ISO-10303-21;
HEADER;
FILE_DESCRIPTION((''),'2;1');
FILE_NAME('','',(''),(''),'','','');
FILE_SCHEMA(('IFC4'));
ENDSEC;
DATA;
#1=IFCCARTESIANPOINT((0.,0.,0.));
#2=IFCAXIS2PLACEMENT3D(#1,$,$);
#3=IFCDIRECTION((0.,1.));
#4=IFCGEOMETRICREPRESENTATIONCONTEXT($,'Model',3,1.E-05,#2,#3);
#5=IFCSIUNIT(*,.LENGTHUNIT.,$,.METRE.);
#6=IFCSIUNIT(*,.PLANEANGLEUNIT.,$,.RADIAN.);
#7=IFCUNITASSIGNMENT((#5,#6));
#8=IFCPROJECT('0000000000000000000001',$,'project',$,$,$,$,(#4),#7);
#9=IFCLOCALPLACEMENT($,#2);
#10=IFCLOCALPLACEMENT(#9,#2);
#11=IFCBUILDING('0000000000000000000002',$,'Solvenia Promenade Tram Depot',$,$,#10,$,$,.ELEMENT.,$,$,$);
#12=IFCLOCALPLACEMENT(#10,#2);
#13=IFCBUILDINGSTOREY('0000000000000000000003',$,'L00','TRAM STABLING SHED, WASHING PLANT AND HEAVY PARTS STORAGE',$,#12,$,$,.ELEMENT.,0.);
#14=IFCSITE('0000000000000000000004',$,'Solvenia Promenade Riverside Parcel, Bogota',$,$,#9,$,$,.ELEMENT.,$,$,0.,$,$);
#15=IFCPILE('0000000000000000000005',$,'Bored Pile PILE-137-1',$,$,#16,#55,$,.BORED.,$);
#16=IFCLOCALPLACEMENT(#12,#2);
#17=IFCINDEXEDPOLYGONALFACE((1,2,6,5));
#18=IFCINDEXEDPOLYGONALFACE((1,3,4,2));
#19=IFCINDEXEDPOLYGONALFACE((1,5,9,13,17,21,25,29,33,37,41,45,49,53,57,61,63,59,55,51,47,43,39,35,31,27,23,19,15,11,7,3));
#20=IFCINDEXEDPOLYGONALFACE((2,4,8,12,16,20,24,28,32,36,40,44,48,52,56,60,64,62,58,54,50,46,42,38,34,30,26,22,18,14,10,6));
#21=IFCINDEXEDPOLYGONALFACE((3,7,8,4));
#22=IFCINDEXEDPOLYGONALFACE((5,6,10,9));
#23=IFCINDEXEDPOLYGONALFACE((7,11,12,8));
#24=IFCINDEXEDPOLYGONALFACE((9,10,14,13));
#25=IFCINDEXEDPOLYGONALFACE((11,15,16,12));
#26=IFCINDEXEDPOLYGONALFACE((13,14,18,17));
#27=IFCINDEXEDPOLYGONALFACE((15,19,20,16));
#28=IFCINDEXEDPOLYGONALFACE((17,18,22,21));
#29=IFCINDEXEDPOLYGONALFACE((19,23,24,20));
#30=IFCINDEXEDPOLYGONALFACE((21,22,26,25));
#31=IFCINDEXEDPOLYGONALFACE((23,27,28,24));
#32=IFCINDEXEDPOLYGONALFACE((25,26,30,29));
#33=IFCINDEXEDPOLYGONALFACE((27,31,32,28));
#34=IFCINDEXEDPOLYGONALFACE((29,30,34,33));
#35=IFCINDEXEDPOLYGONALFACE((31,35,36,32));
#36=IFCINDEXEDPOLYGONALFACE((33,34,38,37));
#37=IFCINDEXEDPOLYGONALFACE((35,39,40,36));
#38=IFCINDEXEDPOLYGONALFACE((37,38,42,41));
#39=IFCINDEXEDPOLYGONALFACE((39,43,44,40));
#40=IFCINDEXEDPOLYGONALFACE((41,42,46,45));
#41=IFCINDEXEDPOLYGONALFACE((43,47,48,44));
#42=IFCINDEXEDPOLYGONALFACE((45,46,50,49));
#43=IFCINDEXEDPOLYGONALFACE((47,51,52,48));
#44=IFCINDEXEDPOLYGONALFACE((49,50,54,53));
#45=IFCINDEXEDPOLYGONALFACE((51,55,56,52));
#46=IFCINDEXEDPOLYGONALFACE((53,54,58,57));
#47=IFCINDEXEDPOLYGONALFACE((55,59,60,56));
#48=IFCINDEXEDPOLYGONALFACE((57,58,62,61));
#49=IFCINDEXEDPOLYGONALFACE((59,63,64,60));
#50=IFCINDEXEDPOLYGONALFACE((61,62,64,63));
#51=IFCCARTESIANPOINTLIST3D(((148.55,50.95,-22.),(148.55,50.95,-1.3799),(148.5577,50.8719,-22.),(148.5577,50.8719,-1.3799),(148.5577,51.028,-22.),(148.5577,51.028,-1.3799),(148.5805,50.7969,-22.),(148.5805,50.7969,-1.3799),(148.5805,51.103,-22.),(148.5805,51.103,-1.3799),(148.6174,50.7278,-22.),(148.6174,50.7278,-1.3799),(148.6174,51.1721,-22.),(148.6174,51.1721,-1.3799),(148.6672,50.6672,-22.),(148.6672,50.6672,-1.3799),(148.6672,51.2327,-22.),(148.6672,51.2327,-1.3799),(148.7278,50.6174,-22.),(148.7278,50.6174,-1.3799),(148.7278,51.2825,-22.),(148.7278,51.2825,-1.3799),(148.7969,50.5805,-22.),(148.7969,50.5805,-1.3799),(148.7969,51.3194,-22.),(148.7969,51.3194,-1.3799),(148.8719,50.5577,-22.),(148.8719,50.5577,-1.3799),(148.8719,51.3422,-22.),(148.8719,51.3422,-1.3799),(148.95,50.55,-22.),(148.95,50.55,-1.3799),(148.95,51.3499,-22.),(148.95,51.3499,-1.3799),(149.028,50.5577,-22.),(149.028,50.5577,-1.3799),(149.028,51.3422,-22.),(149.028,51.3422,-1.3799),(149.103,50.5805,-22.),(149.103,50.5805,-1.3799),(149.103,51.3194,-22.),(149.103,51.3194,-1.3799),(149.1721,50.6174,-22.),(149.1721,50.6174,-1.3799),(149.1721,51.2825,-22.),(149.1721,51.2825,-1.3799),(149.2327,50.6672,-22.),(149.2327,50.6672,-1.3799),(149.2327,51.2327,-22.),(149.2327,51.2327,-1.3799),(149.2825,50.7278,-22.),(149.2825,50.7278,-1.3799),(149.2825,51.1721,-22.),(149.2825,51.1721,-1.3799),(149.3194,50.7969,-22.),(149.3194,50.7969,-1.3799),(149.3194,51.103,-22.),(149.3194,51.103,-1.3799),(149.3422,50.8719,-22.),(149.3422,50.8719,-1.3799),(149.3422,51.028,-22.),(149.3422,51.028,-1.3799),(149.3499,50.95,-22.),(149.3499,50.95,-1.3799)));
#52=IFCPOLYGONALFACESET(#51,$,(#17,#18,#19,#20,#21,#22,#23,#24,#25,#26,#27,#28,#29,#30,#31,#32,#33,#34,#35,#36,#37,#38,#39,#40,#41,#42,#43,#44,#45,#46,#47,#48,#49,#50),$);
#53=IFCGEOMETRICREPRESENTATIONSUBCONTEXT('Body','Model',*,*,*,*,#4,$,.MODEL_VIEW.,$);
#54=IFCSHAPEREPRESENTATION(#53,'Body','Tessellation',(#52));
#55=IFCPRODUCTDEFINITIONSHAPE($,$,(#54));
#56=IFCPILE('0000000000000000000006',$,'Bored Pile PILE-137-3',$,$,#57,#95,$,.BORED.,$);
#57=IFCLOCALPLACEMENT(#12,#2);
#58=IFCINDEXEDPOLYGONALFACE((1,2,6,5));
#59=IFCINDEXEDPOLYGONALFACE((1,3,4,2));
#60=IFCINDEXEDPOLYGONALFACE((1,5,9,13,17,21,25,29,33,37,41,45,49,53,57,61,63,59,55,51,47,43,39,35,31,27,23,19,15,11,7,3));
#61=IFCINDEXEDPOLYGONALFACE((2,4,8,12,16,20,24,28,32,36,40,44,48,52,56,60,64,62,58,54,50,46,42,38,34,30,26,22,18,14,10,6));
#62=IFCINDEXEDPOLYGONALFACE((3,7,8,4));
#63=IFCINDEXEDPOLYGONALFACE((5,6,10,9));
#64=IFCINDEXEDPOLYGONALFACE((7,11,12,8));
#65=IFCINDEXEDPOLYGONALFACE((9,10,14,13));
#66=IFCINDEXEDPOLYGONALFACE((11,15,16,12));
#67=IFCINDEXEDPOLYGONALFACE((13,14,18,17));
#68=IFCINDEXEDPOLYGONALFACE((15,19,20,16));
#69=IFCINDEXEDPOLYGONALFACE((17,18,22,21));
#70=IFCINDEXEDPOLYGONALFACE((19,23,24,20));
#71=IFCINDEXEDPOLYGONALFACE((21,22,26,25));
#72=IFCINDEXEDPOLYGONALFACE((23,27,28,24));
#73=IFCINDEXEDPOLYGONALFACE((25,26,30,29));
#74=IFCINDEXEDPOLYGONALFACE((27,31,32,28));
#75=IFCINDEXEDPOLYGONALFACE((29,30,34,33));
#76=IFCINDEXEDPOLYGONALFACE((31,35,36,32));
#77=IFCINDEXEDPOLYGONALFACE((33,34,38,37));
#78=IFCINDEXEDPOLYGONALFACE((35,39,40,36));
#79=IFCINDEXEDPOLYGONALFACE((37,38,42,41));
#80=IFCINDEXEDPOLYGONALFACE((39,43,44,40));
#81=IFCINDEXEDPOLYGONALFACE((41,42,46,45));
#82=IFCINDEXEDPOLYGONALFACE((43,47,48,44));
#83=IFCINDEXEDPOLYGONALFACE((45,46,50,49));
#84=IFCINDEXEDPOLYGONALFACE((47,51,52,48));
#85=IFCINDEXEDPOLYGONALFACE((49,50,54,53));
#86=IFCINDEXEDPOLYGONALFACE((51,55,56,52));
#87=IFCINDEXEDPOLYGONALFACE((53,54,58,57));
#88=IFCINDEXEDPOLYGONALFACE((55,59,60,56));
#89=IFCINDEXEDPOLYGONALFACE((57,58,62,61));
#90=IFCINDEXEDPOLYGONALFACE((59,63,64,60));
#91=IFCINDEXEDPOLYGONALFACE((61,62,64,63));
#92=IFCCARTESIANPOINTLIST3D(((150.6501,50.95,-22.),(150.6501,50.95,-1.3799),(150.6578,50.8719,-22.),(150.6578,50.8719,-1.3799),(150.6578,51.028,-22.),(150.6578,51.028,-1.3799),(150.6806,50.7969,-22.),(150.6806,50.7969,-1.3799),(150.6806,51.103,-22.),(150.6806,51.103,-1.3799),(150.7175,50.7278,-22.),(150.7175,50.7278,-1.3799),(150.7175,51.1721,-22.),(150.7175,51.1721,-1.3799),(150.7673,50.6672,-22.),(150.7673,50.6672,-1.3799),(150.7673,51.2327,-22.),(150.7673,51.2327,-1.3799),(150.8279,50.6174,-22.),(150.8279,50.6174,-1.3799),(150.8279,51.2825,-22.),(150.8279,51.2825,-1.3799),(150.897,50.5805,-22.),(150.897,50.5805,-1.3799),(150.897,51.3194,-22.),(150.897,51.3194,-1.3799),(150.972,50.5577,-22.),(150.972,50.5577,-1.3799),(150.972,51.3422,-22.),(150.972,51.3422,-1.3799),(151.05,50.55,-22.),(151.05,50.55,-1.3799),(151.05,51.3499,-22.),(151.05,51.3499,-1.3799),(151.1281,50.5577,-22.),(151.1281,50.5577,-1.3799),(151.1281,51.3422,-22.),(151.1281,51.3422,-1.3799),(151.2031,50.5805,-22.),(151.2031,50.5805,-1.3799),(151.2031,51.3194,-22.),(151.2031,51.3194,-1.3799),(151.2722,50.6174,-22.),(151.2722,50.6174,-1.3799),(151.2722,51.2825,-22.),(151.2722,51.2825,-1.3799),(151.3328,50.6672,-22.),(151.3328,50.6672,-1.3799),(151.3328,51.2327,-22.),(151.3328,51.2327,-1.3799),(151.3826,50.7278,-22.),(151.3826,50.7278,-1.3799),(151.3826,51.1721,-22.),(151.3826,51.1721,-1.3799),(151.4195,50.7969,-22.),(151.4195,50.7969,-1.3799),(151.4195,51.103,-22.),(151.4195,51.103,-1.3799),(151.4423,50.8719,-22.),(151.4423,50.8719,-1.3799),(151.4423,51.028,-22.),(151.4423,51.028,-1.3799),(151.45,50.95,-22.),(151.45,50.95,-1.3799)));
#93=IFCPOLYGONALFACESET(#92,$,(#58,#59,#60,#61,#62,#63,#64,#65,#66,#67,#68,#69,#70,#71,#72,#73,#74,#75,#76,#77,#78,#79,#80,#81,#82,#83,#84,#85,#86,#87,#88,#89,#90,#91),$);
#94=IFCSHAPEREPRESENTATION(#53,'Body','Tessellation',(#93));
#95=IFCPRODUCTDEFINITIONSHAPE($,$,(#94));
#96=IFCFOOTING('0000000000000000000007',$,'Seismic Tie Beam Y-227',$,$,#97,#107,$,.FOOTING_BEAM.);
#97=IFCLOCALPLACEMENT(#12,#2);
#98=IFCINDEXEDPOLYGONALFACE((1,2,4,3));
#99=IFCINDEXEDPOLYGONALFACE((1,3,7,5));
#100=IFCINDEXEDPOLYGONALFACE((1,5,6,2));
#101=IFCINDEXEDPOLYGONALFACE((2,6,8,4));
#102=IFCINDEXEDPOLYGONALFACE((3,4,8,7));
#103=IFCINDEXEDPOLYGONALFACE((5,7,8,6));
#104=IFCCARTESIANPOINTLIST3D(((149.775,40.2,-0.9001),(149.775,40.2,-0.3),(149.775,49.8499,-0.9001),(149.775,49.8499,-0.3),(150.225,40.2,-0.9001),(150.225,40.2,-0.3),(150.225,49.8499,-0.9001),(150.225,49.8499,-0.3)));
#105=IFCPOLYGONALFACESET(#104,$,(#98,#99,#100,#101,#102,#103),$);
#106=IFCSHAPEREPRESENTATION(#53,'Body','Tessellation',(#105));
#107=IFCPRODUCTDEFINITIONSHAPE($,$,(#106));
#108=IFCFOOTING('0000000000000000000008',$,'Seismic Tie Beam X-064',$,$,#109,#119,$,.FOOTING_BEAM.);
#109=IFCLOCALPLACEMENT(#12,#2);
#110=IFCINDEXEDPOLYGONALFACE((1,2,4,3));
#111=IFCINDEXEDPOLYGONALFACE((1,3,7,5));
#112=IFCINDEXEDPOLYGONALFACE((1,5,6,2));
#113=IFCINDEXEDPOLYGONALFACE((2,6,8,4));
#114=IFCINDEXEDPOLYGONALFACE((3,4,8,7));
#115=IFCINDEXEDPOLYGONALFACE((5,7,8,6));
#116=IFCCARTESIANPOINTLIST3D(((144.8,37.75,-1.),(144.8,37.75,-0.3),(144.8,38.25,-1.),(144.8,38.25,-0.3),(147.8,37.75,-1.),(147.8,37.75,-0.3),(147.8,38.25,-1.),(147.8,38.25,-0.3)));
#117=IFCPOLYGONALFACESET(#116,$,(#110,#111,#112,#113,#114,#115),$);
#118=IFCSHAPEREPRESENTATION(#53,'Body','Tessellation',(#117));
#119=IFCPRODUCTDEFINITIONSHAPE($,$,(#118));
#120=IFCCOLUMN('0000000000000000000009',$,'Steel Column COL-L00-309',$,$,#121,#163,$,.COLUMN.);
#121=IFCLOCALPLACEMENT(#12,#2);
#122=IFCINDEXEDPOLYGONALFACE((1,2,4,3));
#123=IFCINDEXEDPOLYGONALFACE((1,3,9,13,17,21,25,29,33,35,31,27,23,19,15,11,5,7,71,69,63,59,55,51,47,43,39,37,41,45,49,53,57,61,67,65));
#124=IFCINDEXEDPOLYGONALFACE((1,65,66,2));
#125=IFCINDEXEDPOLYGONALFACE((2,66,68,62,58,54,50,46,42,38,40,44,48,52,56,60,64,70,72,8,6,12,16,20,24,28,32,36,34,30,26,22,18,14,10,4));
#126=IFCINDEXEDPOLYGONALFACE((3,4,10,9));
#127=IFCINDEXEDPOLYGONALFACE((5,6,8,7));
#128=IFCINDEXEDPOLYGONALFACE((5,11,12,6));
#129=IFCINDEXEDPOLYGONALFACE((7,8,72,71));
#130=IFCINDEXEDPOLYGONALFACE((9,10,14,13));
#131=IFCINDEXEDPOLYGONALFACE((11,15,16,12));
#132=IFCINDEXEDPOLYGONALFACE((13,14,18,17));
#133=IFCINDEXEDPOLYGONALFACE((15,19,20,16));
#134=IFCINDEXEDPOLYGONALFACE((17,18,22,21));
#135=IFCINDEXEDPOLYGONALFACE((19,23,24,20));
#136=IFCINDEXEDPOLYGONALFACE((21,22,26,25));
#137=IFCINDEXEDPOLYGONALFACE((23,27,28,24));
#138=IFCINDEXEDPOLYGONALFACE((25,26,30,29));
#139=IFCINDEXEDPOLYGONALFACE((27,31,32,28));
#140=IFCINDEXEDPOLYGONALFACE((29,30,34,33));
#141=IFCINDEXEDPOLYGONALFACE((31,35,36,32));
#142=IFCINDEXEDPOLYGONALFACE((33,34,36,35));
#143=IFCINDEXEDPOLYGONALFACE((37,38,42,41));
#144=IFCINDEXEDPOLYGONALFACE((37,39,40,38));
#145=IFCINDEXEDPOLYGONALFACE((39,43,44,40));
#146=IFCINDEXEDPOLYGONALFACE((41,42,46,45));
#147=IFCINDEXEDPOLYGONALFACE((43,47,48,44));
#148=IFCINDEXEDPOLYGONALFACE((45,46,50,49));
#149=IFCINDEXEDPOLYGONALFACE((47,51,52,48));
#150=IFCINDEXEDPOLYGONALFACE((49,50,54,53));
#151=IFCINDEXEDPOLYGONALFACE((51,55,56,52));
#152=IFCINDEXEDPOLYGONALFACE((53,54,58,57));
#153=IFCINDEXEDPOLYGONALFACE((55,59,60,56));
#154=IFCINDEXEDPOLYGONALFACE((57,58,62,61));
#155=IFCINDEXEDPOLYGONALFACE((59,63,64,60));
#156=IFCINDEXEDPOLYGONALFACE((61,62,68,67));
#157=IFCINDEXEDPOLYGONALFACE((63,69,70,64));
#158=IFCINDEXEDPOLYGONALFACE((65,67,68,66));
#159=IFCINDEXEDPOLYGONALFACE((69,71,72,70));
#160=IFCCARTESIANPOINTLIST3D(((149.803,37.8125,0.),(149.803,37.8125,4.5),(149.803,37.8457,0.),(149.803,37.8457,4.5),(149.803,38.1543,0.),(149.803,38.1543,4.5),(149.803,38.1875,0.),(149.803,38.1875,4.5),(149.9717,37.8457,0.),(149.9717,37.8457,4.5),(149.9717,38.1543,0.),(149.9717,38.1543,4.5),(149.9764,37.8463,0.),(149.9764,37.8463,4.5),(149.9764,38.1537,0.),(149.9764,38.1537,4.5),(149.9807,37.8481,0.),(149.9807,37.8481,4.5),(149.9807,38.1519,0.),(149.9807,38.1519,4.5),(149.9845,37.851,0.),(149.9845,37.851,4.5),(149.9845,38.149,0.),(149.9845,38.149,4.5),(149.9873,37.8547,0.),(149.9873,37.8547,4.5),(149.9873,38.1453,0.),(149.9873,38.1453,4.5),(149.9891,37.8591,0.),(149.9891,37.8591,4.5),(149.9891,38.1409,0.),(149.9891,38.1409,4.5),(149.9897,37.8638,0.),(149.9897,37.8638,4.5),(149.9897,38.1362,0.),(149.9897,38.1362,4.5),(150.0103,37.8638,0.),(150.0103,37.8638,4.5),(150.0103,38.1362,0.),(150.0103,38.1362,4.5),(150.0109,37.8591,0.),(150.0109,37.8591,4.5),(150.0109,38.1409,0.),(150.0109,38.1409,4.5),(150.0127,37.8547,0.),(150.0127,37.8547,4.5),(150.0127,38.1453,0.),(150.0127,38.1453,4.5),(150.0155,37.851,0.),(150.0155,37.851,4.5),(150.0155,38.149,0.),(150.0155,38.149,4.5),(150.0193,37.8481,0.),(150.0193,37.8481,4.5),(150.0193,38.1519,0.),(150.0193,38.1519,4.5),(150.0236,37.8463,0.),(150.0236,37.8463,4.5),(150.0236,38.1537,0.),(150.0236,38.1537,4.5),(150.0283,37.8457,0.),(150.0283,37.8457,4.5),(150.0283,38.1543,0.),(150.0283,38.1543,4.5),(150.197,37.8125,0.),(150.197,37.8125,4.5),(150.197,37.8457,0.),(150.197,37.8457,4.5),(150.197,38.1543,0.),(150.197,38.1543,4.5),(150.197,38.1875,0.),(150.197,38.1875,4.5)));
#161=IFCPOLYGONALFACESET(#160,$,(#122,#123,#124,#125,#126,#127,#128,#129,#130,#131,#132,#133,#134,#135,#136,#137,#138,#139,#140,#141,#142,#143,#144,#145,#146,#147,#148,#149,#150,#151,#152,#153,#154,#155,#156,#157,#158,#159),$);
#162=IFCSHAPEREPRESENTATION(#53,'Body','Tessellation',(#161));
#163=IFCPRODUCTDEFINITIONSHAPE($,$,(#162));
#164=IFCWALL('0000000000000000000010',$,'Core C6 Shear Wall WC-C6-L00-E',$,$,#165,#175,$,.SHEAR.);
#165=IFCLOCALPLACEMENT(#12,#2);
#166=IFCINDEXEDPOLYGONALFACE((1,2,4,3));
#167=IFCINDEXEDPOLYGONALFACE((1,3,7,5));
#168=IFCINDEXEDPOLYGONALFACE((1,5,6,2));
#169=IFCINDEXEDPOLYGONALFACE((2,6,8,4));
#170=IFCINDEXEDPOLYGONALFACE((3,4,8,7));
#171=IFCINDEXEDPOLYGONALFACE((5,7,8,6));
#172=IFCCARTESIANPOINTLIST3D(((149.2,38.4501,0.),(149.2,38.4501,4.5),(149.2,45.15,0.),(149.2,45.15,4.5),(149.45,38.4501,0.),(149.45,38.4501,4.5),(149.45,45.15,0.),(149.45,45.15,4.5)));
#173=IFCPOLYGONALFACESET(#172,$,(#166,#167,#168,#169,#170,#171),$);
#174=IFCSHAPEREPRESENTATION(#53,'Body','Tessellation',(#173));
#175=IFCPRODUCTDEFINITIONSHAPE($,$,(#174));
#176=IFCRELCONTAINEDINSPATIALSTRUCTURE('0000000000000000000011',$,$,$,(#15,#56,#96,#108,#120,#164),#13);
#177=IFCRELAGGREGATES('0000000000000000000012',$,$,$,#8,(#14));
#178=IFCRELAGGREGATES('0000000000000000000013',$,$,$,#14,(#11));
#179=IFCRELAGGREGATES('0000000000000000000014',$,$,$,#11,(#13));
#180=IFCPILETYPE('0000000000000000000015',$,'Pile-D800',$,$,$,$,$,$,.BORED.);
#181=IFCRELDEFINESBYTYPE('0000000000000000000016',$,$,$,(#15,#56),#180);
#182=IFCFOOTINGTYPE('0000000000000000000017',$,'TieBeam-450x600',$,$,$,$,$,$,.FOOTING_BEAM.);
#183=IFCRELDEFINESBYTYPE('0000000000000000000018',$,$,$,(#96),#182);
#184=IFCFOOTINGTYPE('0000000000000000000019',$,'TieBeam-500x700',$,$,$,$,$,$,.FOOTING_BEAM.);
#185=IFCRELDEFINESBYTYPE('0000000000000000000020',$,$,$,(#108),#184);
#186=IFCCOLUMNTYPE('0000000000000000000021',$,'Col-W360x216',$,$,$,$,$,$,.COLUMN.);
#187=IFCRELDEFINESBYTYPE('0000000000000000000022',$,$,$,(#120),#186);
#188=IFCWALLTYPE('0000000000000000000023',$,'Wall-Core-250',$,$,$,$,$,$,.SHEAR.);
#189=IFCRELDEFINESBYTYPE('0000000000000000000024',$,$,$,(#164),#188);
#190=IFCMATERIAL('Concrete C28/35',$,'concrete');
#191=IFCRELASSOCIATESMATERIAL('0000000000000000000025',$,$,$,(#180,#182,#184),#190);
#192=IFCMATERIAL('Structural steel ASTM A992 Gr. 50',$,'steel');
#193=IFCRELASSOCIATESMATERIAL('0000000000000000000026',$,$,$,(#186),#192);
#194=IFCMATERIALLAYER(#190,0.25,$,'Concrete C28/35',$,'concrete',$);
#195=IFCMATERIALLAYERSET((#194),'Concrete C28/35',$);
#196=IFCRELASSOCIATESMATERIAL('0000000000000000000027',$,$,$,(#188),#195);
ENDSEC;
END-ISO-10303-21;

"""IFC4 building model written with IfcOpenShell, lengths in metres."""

from ifc_helpers import new_model, si_unit, direction, frame, frame_2d, origin, origin_2d, place, context, subcontext, project, spatial, rectangle, circle, i_section, extrude, material, layer, layer_set, material_profile, profile_set, type_object, element, save


model = new_model("IFC4")

# Units and contexts
model_context = context("Model", 3, precision=1e-05, world=origin(), true_north=direction((0.0, 1.0)))
body_context = subcontext(model_context, "Body", "Model", "MODEL_VIEW")
ifc_project = project(units=[si_unit("LENGTHUNIT", "METRE"), si_unit("PLANEANGLEUNIT", "RADIAN")], contexts=[model_context])

# Site, building, storey
site_placement = place(None, origin())
site = spatial("IfcSite", under=ifc_project, at=site_placement, Name="Solvenia Promenade Riverside Parcel, Bogota", CompositionType="ELEMENT", RefElevation=0.0)
building_placement = place(site_placement, origin())
building = spatial("IfcBuilding", under=site, at=building_placement, Name="Solvenia Promenade Tram Depot", CompositionType="ELEMENT")
storey_placement = place(building_placement, origin())
storey = spatial("IfcBuildingStorey", under=building, at=storey_placement, Name="L00", Description="TRAM STABLING SHED, WASHING PLANT AND HEAVY PARTS STORAGE", CompositionType="ELEMENT", Elevation=0.0)

# Shared definitions
ifc_material_1 = material(Name="Concrete C28/35", Category="concrete")

# Piles
ifc_material_profile_1 = material_profile(ifc_material_1, circle(Radius=0.3999, at=origin_2d()), Name="D800", Category="concrete")
ifc_profile_set_1 = profile_set([ifc_material_profile_1], Name="Concrete C28/35")
pile_type_1 = type_object("IfcPileType", Name="Pile-D800", PredefinedType="BORED", material=ifc_profile_set_1)
for number, where, z_axis, x_axis, name in (
    (1, (148.95, 50.95, -1.3799), (0.0, 0.0, -1.0), (1.0, 0.0, 0.0), "Bored Pile PILE-137-1"),
    (2, (151.05, 50.95, -1.3799), (0.0, 0.0, -1.0), (1.0, 0.0, 0.0), "Bored Pile PILE-137-3"),
):
    element("IfcPile", number, at=place(storey_placement, frame(where, z_axis=z_axis, x_axis=x_axis)), inside=storey, type_object=pile_type_1, Name=name, PredefinedType="BORED", context=body_context, shape_type="SweptSolid", body=[
        extrude(circle(Radius=0.3999, at=origin_2d()), origin(), (0.0, 0.0, 1.0), 20.6201),
    ])

# Footings
footing_type_1 = type_object("IfcFootingType", Name="TieBeam-450x600", PredefinedType="FOOTING_BEAM", material=ifc_material_1)
footing_1_placement = place(storey_placement, frame((150.0, 45.0249, -0.9001), z_axis=(0.0, 0.0, 1.0), x_axis=(1.0, 0.0, 0.0)))
element("IfcFooting", 3, at=footing_1_placement, inside=storey, type_object=footing_type_1, Name="Seismic Tie Beam Y-227", PredefinedType="FOOTING_BEAM", context=body_context, shape_type="SweptSolid", body=[
    extrude(rectangle(XDim=0.45, YDim=9.6499, at=origin_2d()), origin(), (0.0, 0.0, 1.0), 0.6001),
])
footing_type_2 = type_object("IfcFootingType", Name="TieBeam-500x700", PredefinedType="FOOTING_BEAM", material=ifc_material_1)
footing_2_placement = place(storey_placement, frame((146.3, 38.0, -1.0), z_axis=(0.0, 0.0, 1.0), x_axis=(1.0, 0.0, 0.0)))
element("IfcFooting", 4, at=footing_2_placement, inside=storey, type_object=footing_type_2, Name="Seismic Tie Beam X-064", PredefinedType="FOOTING_BEAM", context=body_context, shape_type="SweptSolid", body=[
    extrude(rectangle(XDim=3.0, YDim=0.5, at=origin_2d()), origin(), (0.0, 0.0, 1.0), 0.7),
])

# Column
ifc_material_2 = material(Name="Structural steel ASTM A992 Gr. 50", Category="steel")
ifc_material_profile_2 = material_profile(ifc_material_2, i_section(OverallWidth=0.394, OverallDepth=0.375, WebThickness=0.0205, FlangeThickness=0.0332, FilletRadius=0.0181, at=origin_2d()), Name="W360x216", Category="steel")
ifc_profile_set_2 = profile_set([ifc_material_profile_2], Name="Structural steel ASTM A992 Gr. 50")
column_type = type_object("IfcColumnType", Name="Col-W360x216", PredefinedType="COLUMN", material=ifc_profile_set_2)
column_placement = place(storey_placement, frame((150.0, 38.0, 0.0), z_axis=(0.0, 0.0, 1.0), x_axis=(1.0, 0.0, 0.0)))
element("IfcColumn", 5, at=column_placement, inside=storey, type_object=column_type, Name="Steel Column COL-L00-309", PredefinedType="COLUMN", context=body_context, shape_type="SweptSolid", body=[
    extrude(i_section(OverallWidth=0.394, OverallDepth=0.375, WebThickness=0.0205, FlangeThickness=0.0332, FilletRadius=0.0181, at=origin_2d()), origin(), (0.0, 0.0, 1.0), 4.5),
])

# Wall
ifc_layer_1 = layer(ifc_material_1, 0.25, Name="Concrete C28/35", Category="concrete")
ifc_layer_set_1 = layer_set([ifc_layer_1], Name="Concrete C28/35")
wall_type_1 = type_object("IfcWallType", Name="Wall-Core-250", PredefinedType="SHEAR", material=ifc_layer_set_1)
wall_1_placement = place(storey_placement, frame((149.325, 38.45, 0.0), z_axis=(0.0, 0.0, 1.0), x_axis=(0.0, 1.0, 0.0)))
element("IfcWall", 6, at=wall_1_placement, inside=storey, type_object=wall_type_1, Name="Core C6 Shear Wall WC-C6-L00-E", PredefinedType="SHEAR", context=body_context, shape_type="SweptSolid", body=[
    extrude(rectangle(XDim=6.7, YDim=0.25, at=frame_2d((3.3501, 0.0))), origin(), (0.0, 0.0, 1.0), 4.5),
])

save(model, "model.ifc")
